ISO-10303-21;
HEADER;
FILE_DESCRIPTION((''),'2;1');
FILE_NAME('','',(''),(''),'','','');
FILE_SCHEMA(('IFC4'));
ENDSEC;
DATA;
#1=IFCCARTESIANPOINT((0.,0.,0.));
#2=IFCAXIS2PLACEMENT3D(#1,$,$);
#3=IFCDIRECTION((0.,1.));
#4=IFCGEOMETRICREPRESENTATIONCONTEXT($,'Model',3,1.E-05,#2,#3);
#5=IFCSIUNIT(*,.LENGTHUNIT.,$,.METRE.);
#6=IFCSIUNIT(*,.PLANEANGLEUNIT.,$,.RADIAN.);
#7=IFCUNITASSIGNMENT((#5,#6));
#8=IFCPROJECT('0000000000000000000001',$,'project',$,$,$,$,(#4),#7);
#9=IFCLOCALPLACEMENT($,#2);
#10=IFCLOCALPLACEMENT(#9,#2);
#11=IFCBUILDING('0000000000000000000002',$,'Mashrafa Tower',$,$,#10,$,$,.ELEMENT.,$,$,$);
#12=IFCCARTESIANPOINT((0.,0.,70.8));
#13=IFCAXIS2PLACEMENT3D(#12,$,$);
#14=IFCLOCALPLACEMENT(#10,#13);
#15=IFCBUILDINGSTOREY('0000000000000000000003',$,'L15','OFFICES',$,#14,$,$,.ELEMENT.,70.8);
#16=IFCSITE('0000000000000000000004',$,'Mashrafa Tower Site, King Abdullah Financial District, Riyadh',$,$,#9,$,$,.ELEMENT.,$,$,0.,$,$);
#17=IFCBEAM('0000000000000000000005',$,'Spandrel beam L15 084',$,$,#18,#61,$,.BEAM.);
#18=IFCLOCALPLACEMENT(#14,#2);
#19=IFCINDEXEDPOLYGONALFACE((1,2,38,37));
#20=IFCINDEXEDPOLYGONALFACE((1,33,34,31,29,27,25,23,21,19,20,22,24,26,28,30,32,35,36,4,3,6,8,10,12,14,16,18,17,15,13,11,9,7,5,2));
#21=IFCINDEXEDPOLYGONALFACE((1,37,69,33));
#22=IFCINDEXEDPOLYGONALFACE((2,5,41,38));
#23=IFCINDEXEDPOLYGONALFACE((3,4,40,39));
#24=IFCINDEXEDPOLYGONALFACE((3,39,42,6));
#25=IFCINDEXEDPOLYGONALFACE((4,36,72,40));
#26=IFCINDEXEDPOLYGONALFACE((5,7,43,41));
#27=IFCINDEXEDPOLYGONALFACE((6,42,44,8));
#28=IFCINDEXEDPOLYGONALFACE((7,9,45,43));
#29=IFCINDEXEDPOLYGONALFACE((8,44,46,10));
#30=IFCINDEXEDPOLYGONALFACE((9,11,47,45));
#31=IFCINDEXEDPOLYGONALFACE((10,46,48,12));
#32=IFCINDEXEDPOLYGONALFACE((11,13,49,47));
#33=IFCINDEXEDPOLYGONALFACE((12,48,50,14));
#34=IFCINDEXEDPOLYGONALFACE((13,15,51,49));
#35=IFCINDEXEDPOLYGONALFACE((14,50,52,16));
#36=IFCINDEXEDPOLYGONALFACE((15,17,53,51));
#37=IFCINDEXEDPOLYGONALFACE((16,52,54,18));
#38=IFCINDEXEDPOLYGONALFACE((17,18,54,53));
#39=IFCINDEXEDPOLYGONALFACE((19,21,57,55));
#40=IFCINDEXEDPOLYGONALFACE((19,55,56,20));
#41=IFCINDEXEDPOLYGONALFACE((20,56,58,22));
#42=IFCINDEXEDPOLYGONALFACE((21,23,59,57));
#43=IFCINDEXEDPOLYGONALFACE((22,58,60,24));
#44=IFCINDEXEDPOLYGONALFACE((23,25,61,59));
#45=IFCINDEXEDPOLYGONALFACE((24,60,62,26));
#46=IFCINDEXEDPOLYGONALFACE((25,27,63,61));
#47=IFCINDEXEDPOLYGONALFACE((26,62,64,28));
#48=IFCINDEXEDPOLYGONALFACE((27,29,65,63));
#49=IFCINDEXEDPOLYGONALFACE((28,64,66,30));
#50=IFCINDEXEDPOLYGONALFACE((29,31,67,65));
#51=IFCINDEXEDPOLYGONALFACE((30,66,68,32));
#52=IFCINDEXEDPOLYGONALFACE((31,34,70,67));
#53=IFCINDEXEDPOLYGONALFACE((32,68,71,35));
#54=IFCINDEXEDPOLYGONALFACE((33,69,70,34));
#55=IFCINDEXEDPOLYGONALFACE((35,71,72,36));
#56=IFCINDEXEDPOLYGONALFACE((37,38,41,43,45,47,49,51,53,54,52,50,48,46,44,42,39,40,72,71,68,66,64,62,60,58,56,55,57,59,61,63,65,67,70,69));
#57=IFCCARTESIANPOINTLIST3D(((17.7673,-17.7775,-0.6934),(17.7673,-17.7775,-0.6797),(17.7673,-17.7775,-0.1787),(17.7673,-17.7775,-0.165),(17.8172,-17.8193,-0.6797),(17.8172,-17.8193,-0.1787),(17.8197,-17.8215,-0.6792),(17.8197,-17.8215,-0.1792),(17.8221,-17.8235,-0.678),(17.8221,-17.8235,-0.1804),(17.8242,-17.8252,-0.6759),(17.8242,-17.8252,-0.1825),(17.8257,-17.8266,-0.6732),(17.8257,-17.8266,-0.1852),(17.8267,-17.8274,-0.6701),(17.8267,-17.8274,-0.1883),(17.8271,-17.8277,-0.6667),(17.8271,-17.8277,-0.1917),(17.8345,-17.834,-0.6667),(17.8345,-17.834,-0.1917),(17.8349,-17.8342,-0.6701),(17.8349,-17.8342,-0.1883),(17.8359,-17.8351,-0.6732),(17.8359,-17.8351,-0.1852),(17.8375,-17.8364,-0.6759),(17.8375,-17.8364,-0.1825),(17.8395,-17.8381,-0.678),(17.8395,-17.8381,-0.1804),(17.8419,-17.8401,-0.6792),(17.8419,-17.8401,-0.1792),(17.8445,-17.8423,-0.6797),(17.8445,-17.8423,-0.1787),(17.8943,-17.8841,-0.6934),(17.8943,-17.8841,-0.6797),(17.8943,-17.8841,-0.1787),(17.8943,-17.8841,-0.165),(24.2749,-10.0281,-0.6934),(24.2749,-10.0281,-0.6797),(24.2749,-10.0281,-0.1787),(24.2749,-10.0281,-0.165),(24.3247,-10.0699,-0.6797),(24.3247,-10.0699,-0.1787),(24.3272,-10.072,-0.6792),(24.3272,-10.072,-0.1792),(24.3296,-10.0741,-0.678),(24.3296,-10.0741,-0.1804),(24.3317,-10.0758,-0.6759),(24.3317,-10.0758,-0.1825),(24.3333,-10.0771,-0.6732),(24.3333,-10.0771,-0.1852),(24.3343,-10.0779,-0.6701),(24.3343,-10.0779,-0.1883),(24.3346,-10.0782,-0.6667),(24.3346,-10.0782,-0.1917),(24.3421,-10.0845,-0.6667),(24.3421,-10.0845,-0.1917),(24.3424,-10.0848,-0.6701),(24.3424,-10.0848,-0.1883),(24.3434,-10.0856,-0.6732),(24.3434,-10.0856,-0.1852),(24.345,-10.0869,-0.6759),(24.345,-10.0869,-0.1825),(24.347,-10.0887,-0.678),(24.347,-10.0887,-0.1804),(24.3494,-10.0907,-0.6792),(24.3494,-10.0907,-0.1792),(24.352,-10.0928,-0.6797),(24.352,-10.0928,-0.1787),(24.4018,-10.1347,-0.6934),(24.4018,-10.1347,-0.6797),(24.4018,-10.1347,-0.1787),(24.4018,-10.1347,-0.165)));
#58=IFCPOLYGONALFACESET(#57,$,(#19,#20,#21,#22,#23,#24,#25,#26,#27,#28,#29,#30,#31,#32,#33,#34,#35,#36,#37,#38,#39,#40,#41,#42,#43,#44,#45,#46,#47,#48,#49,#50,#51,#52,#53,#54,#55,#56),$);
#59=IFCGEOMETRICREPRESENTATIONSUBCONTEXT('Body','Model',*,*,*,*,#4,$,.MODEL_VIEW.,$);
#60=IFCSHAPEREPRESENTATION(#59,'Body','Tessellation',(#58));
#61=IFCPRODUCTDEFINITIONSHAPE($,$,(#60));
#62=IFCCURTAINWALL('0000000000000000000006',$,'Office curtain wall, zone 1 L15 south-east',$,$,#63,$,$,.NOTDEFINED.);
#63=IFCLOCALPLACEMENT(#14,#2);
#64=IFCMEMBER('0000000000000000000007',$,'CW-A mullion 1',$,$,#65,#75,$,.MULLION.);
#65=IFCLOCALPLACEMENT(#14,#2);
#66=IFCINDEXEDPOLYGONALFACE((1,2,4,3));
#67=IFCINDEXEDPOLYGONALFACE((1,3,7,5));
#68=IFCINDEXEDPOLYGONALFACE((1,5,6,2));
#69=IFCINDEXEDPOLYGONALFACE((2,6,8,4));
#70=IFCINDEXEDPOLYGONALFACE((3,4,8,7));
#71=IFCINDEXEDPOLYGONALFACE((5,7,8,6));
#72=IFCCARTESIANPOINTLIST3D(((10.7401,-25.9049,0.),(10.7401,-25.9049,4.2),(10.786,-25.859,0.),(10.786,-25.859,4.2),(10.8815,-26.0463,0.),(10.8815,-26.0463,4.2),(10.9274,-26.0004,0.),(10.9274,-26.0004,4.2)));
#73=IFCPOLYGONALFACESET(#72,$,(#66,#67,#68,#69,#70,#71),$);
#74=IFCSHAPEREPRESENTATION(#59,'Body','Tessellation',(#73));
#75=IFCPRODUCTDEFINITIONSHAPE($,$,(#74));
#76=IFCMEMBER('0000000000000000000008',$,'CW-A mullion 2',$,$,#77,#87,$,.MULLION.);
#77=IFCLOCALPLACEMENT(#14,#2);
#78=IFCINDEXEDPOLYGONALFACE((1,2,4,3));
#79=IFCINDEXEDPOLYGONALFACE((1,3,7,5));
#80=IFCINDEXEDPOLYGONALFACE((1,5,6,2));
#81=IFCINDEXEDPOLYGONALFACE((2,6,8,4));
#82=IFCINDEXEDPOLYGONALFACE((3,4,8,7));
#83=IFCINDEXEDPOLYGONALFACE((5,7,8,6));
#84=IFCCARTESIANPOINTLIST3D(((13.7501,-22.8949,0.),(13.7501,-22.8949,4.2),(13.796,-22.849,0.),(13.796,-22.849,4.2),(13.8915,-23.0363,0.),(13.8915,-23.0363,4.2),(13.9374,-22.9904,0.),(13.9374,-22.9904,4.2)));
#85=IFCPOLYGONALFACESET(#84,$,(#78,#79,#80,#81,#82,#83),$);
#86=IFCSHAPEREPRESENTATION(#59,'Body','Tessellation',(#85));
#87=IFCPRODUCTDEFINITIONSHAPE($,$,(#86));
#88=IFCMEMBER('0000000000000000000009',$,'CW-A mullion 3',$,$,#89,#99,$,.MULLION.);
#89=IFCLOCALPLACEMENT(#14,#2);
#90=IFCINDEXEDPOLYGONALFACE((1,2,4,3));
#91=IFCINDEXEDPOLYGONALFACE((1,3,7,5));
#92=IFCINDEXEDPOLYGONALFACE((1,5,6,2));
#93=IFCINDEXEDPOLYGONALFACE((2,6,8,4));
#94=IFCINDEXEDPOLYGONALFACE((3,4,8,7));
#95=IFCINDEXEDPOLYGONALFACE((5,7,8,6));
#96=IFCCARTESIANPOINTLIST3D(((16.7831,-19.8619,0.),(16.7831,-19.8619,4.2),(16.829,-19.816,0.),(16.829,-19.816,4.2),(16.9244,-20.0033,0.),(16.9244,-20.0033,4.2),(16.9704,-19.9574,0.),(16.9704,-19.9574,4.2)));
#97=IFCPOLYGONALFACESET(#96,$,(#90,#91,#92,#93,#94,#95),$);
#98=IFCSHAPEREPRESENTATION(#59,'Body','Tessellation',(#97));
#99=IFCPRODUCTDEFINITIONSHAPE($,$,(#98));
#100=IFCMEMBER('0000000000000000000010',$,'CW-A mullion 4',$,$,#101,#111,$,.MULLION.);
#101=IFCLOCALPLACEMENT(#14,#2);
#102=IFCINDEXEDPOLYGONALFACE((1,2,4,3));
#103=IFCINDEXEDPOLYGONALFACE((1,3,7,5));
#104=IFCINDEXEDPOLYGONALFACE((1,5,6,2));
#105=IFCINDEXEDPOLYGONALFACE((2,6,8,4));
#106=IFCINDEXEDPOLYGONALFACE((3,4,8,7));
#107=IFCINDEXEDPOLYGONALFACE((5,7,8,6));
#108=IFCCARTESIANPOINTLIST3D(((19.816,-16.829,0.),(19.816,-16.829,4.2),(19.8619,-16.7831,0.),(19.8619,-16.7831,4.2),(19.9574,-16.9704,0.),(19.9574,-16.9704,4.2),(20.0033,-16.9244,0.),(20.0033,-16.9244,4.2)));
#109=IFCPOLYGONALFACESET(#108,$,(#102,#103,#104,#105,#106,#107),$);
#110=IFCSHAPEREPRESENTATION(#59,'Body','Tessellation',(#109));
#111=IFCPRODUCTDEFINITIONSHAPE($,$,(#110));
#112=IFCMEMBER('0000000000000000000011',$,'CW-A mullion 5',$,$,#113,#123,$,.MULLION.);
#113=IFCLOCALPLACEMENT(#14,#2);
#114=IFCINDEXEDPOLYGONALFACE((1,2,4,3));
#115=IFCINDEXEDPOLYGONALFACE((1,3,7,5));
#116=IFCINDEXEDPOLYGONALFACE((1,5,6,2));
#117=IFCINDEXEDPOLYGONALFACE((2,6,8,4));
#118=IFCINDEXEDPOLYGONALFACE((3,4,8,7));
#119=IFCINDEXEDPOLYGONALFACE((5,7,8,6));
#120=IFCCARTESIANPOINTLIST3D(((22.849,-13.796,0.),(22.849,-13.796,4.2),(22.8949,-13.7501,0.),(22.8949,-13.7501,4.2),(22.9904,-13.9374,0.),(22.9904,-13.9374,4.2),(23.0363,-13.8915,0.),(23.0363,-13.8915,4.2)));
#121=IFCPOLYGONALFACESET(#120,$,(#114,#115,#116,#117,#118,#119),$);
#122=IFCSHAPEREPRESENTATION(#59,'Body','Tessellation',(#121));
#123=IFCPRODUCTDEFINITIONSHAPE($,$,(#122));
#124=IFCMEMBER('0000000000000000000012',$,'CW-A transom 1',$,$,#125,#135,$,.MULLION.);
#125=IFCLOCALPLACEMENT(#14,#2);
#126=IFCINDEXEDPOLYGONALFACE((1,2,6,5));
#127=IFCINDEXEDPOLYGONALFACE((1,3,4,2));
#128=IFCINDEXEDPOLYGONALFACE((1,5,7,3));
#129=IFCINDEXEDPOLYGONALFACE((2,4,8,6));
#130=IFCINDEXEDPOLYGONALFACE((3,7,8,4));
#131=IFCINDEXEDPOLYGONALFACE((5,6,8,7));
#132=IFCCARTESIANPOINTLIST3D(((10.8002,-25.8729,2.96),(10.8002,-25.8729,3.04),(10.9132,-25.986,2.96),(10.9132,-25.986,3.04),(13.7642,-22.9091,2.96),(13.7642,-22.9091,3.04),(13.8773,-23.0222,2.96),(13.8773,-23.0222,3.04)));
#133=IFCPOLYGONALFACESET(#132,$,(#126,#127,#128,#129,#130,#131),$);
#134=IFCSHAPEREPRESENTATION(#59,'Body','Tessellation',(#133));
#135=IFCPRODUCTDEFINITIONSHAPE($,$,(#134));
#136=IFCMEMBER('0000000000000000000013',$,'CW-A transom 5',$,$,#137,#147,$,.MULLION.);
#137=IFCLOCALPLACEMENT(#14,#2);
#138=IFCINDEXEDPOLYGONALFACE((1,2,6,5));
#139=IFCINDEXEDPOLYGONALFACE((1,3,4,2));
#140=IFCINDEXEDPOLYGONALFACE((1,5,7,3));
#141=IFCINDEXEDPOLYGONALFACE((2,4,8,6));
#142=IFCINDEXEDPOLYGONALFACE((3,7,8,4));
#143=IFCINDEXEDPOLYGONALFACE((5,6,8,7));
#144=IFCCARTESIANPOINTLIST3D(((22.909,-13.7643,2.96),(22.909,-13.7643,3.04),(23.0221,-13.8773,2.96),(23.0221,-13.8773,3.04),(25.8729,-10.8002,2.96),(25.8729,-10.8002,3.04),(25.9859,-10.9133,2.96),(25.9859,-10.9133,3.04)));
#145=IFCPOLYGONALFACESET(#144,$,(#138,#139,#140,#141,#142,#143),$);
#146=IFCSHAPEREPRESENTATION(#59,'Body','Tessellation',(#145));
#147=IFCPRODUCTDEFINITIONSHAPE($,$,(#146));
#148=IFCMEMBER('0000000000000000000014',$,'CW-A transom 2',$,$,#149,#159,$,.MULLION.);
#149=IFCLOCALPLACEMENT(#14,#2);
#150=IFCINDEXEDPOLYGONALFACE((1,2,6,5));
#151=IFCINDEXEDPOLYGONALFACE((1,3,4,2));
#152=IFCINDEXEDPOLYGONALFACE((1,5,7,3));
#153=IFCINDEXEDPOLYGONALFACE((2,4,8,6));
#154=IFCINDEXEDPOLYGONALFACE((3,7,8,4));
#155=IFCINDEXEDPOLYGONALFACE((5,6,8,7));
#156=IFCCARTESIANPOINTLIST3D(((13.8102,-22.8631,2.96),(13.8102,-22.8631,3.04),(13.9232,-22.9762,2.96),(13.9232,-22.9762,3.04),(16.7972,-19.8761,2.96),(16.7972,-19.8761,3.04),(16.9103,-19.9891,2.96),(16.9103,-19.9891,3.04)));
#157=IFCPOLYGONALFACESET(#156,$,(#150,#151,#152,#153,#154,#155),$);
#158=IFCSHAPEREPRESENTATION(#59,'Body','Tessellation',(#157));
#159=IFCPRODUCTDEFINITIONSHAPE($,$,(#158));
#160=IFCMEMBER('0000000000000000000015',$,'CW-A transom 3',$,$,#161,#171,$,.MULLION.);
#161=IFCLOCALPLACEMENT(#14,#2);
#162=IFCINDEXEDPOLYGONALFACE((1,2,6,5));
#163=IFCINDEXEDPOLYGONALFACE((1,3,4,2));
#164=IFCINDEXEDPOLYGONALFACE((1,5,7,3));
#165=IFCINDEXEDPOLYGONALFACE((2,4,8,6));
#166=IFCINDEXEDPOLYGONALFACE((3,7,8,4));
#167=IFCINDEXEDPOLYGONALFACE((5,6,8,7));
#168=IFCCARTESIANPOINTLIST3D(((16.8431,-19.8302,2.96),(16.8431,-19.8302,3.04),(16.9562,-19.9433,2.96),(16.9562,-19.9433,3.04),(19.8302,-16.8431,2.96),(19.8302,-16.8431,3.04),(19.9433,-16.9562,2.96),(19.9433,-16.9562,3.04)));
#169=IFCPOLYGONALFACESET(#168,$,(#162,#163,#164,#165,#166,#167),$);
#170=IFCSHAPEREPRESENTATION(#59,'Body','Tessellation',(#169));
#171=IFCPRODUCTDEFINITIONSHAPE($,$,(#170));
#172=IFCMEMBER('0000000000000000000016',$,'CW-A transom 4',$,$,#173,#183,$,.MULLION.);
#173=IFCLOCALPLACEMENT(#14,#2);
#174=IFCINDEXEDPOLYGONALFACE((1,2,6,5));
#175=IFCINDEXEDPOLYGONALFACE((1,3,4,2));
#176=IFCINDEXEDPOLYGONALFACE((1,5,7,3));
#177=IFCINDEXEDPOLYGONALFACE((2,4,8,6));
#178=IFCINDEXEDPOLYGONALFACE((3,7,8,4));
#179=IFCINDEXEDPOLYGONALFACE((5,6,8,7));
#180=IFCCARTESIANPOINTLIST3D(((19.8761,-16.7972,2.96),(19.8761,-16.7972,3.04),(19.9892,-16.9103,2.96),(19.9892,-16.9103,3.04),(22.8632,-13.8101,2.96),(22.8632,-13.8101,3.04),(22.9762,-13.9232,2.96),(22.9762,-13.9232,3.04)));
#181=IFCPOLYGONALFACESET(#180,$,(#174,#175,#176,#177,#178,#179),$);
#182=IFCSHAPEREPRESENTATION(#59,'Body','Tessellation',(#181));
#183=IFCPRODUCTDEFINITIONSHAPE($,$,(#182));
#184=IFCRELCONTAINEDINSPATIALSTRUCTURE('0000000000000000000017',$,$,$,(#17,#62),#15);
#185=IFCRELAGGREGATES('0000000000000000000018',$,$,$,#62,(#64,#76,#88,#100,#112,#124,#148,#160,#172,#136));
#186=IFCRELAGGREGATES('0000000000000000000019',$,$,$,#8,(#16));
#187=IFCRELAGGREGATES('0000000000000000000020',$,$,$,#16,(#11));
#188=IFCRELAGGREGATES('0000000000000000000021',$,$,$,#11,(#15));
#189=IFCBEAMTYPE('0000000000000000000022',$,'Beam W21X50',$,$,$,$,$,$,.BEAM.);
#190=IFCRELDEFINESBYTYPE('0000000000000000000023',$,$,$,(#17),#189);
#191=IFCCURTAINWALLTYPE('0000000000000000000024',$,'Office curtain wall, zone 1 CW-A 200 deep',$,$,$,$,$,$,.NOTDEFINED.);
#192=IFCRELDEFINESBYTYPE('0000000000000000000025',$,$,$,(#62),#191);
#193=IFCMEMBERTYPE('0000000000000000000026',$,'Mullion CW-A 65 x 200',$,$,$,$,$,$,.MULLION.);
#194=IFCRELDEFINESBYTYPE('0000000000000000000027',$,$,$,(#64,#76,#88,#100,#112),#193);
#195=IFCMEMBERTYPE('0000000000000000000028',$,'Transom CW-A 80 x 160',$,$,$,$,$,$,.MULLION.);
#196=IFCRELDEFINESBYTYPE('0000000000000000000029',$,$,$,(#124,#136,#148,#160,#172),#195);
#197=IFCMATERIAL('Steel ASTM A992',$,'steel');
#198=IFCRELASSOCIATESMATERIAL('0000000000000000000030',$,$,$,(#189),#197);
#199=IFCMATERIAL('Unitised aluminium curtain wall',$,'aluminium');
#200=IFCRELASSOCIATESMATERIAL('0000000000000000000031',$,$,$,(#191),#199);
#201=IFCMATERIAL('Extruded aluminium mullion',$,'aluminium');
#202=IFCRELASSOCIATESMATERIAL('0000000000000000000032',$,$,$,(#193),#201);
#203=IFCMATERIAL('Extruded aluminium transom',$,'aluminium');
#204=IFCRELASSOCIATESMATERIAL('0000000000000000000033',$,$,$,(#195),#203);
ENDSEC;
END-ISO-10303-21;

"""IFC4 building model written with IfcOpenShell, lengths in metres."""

from ifc_helpers import new_model, si_unit, direction, frame, origin, origin_2d, place, context, subcontext, project, spatial, rectangle, i_section, extrude, source, transform, mapped, material, material_profile, profile_set, type_object, type_shapes, element, aggregate, save


model = new_model("IFC4")

# Units and contexts
model_context = context("Model", 3, precision=1e-05, world=origin(), true_north=direction((0.0, 1.0)))
body_context = subcontext(model_context, "Body", "Model", "MODEL_VIEW")
ifc_project = project(units=[si_unit("LENGTHUNIT", "METRE"), si_unit("PLANEANGLEUNIT", "RADIAN")], contexts=[model_context])

# Site, building, storey
site_placement = place(None, origin())
site = spatial("IfcSite", under=ifc_project, at=site_placement, Name="Mashrafa Tower Site, King Abdullah Financial District, Riyadh", CompositionType="ELEMENT", RefElevation=0.0)
building_placement = place(site_placement, origin())
building = spatial("IfcBuilding", under=site, at=building_placement, Name="Mashrafa Tower", CompositionType="ELEMENT")
storey_placement = place(building_placement, frame((0.0, 0.0, 70.8)))
storey = spatial("IfcBuildingStorey", under=building, at=storey_placement, Name="L15", Description="OFFICES", CompositionType="ELEMENT", Elevation=70.8)

# Beam
ifc_material_1 = material(Name="Steel ASTM A992", Category="steel")
ifc_material_profile_1 = material_profile(ifc_material_1, i_section(OverallWidth=0.1658, OverallDepth=0.5283, WebThickness=0.0098, FlangeThickness=0.0137, FilletRadius=0.0129, at=origin_2d()), Name="W21X50")
ifc_profile_set_1 = profile_set([ifc_material_profile_1], Name="Steel ASTM A992")
beam_type_1 = type_object("IfcBeamType", Name="Beam W21X50", PredefinedType="BEAM", material=ifc_profile_set_1)
beam_1_placement = place(storey_placement, frame((17.8308, -17.8308, -0.4292), z_axis=(0.643075, 0.765803, 0.0), x_axis=(-0.765803, 0.643075, 0.0)))
element("IfcBeam", 1, at=beam_1_placement, inside=storey, type_object=beam_type_1, Name="Spandrel beam L15 084", PredefinedType="BEAM", context=body_context, shape_type="SweptSolid", body=[
    extrude(i_section(OverallWidth=0.1658, OverallDepth=0.5283, WebThickness=0.0098, FlangeThickness=0.0137, FilletRadius=0.0129, at=origin_2d()), origin(), (0.0, 0.0, 1.0), 10.1194),
])

# Curtain wall, members
ifc_material_2 = material(Name="Unitised aluminium curtain wall", Category="aluminium")
curtain_wall_type = type_object("IfcCurtainWallType", Name="Office curtain wall, zone 1 CW-A 200 deep", PredefinedType="NOTDEFINED", material=ifc_material_2)
curtain_wall_placement = place(storey_placement, origin())
curtain_wall = element("IfcCurtainWall", 2, at=curtain_wall_placement, inside=storey, type_object=curtain_wall_type, Name="Office curtain wall, zone 1 L15 south-east", PredefinedType="NOTDEFINED")
ifc_material_3 = material(Name="Extruded aluminium mullion", Category="aluminium")
ifc_material_profile_2 = material_profile(ifc_material_3, rectangle(XDim=0.2, YDim=0.0649, at=origin_2d()), Name="Mullion 65x200")
ifc_profile_set_2 = profile_set([ifc_material_profile_2], Name="Extruded aluminium mullion")
member_type_1 = type_object("IfcMemberType", Name="Mullion CW-A 65 x 200", PredefinedType="MULLION", material=ifc_profile_set_2)
shared_shape_1 = source(origin(), body_context, "Body", "SweptSolid", [
    extrude(rectangle(XDim=0.2, YDim=0.0649, at=origin_2d()), origin(), (0.0, 0.0, 1.0), 4.2),
])
type_shapes(member_type_1, [shared_shape_1])
member_1_placement = place(storey_placement, frame((10.8337, -25.9526, 0.0), z_axis=(0.0, 0.0, 1.0), x_axis=(-0.707107, 0.707107, 0.0)))
member_1 = element("IfcMember", 3, at=member_1_placement, type_object=member_type_1, Name="CW-A mullion 1", PredefinedType="MULLION", context=body_context, shape_type="MappedRepresentation", body=[
    mapped(shared_shape_1, transform((0.0, 0.0, 0.0))),
])
member_2_placement = place(storey_placement, frame((13.8438, -22.9426, 0.0), z_axis=(0.0, 0.0, 1.0), x_axis=(-0.707107, 0.707107, 0.0)))
member_2 = element("IfcMember", 4, at=member_2_placement, type_object=member_type_1, Name="CW-A mullion 2", PredefinedType="MULLION", context=body_context, shape_type="MappedRepresentation", body=[
    mapped(shared_shape_1, transform((0.0, 0.0, 0.0))),
])
member_3_placement = place(storey_placement, frame((16.8767, -19.9097, 0.0), z_axis=(0.0, 0.0, 1.0), x_axis=(-0.707107, 0.707107, 0.0)))
member_3 = element("IfcMember", 5, at=member_3_placement, type_object=member_type_1, Name="CW-A mullion 3", PredefinedType="MULLION", context=body_context, shape_type="MappedRepresentation", body=[
    mapped(shared_shape_1, transform((0.0, 0.0, 0.0))),
])
member_4_placement = place(storey_placement, frame((19.9097, -16.8767, 0.0), z_axis=(0.0, 0.0, 1.0), x_axis=(-0.707107, 0.707107, 0.0)))
member_4 = element("IfcMember", 6, at=member_4_placement, type_object=member_type_1, Name="CW-A mullion 4", PredefinedType="MULLION", context=body_context, shape_type="MappedRepresentation", body=[
    mapped(shared_shape_1, transform((0.0, 0.0, 0.0))),
])
member_5_placement = place(storey_placement, frame((22.9426, -13.8438, 0.0), z_axis=(0.0, 0.0, 1.0), x_axis=(-0.707107, 0.707107, 0.0)))
member_5 = element("IfcMember", 7, at=member_5_placement, type_object=member_type_1, Name="CW-A mullion 5", PredefinedType="MULLION", context=body_context, shape_type="MappedRepresentation", body=[
    mapped(shared_shape_1, transform((0.0, 0.0, 0.0))),
])
ifc_material_4 = material(Name="Extruded aluminium transom", Category="aluminium")
ifc_material_profile_3 = material_profile(ifc_material_4, rectangle(XDim=0.1599, YDim=0.0801, at=origin_2d()), Name="Transom 80x160")
ifc_profile_set_3 = profile_set([ifc_material_profile_3], Name="Extruded aluminium transom")
member_type_2 = type_object("IfcMemberType", Name="Transom CW-A 80 x 160", PredefinedType="MULLION", material=ifc_profile_set_3)
shared_shape_2 = source(origin(), body_context, "Body", "SweptSolid", [
    extrude(rectangle(XDim=0.1599, YDim=0.0801, at=origin_2d()), origin(), (0.0, 0.0, 1.0), 4.1917),
])
member_6_placement = place(storey_placement, frame((10.8567, -25.9294, 3.0), z_axis=(0.707136, 0.707078, 0.0), x_axis=(-0.707078, 0.707136, 0.0)))
member_6 = element("IfcMember", 8, at=member_6_placement, type_object=member_type_2, Name="CW-A transom 1", PredefinedType="MULLION", context=body_context, shape_type="MappedRepresentation", body=[
    mapped(shared_shape_2, transform((0.0, 0.0, 0.0))),
])
member_7_placement = place(storey_placement, frame((22.9656, -13.8208, 3.0), z_axis=(0.707078, 0.707136, 0.0), x_axis=(-0.707136, 0.707078, 0.0)))
member_7 = element("IfcMember", 9, at=member_7_placement, type_object=member_type_2, Name="CW-A transom 5", PredefinedType="MULLION", context=body_context, shape_type="MappedRepresentation", body=[
    mapped(shared_shape_2, transform((0.0, 0.0, 0.0))),
])
shared_shape_3 = source(origin(), body_context, "Body", "SweptSolid", [
    extrude(rectangle(XDim=0.1599, YDim=0.0801, at=origin_2d()), origin(), (0.0, 0.0, 1.0), 4.2244),
])
type_shapes(member_type_2, [shared_shape_2, shared_shape_3])
member_8_placement = place(storey_placement, frame((13.8667, -22.9197, 3.0), z_axis=(0.707107, 0.707107, 0.0), x_axis=(-0.707107, 0.707107, 0.0)))
member_8 = element("IfcMember", 10, at=member_8_placement, type_object=member_type_2, Name="CW-A transom 2", PredefinedType="MULLION", context=body_context, shape_type="MappedRepresentation", body=[
    mapped(shared_shape_3, transform((0.0, 0.0, 0.0))),
])
member_9_placement = place(storey_placement, frame((16.8997, -19.8867, 3.0), z_axis=(0.707107, 0.707107, 0.0), x_axis=(-0.707107, 0.707107, 0.0)))
member_9 = element("IfcMember", 11, at=member_9_placement, type_object=member_type_2, Name="CW-A transom 3", PredefinedType="MULLION", context=body_context, shape_type="MappedRepresentation", body=[
    mapped(shared_shape_3, transform((0.0, 0.0, 0.0))),
])
member_10_placement = place(storey_placement, frame((19.9326, -16.8538, 3.0), z_axis=(0.707107, 0.707107, 0.0), x_axis=(-0.707107, 0.707107, 0.0)))
member_10 = element("IfcMember", 12, at=member_10_placement, type_object=member_type_2, Name="CW-A transom 4", PredefinedType="MULLION", context=body_context, shape_type="MappedRepresentation", body=[
    mapped(shared_shape_3, transform((0.0, 0.0, 0.0))),
])
aggregate(curtain_wall, [member_1, member_2, member_3, member_4, member_5, member_6, member_8, member_9, member_10, member_7])

save(model, "model.ifc")
